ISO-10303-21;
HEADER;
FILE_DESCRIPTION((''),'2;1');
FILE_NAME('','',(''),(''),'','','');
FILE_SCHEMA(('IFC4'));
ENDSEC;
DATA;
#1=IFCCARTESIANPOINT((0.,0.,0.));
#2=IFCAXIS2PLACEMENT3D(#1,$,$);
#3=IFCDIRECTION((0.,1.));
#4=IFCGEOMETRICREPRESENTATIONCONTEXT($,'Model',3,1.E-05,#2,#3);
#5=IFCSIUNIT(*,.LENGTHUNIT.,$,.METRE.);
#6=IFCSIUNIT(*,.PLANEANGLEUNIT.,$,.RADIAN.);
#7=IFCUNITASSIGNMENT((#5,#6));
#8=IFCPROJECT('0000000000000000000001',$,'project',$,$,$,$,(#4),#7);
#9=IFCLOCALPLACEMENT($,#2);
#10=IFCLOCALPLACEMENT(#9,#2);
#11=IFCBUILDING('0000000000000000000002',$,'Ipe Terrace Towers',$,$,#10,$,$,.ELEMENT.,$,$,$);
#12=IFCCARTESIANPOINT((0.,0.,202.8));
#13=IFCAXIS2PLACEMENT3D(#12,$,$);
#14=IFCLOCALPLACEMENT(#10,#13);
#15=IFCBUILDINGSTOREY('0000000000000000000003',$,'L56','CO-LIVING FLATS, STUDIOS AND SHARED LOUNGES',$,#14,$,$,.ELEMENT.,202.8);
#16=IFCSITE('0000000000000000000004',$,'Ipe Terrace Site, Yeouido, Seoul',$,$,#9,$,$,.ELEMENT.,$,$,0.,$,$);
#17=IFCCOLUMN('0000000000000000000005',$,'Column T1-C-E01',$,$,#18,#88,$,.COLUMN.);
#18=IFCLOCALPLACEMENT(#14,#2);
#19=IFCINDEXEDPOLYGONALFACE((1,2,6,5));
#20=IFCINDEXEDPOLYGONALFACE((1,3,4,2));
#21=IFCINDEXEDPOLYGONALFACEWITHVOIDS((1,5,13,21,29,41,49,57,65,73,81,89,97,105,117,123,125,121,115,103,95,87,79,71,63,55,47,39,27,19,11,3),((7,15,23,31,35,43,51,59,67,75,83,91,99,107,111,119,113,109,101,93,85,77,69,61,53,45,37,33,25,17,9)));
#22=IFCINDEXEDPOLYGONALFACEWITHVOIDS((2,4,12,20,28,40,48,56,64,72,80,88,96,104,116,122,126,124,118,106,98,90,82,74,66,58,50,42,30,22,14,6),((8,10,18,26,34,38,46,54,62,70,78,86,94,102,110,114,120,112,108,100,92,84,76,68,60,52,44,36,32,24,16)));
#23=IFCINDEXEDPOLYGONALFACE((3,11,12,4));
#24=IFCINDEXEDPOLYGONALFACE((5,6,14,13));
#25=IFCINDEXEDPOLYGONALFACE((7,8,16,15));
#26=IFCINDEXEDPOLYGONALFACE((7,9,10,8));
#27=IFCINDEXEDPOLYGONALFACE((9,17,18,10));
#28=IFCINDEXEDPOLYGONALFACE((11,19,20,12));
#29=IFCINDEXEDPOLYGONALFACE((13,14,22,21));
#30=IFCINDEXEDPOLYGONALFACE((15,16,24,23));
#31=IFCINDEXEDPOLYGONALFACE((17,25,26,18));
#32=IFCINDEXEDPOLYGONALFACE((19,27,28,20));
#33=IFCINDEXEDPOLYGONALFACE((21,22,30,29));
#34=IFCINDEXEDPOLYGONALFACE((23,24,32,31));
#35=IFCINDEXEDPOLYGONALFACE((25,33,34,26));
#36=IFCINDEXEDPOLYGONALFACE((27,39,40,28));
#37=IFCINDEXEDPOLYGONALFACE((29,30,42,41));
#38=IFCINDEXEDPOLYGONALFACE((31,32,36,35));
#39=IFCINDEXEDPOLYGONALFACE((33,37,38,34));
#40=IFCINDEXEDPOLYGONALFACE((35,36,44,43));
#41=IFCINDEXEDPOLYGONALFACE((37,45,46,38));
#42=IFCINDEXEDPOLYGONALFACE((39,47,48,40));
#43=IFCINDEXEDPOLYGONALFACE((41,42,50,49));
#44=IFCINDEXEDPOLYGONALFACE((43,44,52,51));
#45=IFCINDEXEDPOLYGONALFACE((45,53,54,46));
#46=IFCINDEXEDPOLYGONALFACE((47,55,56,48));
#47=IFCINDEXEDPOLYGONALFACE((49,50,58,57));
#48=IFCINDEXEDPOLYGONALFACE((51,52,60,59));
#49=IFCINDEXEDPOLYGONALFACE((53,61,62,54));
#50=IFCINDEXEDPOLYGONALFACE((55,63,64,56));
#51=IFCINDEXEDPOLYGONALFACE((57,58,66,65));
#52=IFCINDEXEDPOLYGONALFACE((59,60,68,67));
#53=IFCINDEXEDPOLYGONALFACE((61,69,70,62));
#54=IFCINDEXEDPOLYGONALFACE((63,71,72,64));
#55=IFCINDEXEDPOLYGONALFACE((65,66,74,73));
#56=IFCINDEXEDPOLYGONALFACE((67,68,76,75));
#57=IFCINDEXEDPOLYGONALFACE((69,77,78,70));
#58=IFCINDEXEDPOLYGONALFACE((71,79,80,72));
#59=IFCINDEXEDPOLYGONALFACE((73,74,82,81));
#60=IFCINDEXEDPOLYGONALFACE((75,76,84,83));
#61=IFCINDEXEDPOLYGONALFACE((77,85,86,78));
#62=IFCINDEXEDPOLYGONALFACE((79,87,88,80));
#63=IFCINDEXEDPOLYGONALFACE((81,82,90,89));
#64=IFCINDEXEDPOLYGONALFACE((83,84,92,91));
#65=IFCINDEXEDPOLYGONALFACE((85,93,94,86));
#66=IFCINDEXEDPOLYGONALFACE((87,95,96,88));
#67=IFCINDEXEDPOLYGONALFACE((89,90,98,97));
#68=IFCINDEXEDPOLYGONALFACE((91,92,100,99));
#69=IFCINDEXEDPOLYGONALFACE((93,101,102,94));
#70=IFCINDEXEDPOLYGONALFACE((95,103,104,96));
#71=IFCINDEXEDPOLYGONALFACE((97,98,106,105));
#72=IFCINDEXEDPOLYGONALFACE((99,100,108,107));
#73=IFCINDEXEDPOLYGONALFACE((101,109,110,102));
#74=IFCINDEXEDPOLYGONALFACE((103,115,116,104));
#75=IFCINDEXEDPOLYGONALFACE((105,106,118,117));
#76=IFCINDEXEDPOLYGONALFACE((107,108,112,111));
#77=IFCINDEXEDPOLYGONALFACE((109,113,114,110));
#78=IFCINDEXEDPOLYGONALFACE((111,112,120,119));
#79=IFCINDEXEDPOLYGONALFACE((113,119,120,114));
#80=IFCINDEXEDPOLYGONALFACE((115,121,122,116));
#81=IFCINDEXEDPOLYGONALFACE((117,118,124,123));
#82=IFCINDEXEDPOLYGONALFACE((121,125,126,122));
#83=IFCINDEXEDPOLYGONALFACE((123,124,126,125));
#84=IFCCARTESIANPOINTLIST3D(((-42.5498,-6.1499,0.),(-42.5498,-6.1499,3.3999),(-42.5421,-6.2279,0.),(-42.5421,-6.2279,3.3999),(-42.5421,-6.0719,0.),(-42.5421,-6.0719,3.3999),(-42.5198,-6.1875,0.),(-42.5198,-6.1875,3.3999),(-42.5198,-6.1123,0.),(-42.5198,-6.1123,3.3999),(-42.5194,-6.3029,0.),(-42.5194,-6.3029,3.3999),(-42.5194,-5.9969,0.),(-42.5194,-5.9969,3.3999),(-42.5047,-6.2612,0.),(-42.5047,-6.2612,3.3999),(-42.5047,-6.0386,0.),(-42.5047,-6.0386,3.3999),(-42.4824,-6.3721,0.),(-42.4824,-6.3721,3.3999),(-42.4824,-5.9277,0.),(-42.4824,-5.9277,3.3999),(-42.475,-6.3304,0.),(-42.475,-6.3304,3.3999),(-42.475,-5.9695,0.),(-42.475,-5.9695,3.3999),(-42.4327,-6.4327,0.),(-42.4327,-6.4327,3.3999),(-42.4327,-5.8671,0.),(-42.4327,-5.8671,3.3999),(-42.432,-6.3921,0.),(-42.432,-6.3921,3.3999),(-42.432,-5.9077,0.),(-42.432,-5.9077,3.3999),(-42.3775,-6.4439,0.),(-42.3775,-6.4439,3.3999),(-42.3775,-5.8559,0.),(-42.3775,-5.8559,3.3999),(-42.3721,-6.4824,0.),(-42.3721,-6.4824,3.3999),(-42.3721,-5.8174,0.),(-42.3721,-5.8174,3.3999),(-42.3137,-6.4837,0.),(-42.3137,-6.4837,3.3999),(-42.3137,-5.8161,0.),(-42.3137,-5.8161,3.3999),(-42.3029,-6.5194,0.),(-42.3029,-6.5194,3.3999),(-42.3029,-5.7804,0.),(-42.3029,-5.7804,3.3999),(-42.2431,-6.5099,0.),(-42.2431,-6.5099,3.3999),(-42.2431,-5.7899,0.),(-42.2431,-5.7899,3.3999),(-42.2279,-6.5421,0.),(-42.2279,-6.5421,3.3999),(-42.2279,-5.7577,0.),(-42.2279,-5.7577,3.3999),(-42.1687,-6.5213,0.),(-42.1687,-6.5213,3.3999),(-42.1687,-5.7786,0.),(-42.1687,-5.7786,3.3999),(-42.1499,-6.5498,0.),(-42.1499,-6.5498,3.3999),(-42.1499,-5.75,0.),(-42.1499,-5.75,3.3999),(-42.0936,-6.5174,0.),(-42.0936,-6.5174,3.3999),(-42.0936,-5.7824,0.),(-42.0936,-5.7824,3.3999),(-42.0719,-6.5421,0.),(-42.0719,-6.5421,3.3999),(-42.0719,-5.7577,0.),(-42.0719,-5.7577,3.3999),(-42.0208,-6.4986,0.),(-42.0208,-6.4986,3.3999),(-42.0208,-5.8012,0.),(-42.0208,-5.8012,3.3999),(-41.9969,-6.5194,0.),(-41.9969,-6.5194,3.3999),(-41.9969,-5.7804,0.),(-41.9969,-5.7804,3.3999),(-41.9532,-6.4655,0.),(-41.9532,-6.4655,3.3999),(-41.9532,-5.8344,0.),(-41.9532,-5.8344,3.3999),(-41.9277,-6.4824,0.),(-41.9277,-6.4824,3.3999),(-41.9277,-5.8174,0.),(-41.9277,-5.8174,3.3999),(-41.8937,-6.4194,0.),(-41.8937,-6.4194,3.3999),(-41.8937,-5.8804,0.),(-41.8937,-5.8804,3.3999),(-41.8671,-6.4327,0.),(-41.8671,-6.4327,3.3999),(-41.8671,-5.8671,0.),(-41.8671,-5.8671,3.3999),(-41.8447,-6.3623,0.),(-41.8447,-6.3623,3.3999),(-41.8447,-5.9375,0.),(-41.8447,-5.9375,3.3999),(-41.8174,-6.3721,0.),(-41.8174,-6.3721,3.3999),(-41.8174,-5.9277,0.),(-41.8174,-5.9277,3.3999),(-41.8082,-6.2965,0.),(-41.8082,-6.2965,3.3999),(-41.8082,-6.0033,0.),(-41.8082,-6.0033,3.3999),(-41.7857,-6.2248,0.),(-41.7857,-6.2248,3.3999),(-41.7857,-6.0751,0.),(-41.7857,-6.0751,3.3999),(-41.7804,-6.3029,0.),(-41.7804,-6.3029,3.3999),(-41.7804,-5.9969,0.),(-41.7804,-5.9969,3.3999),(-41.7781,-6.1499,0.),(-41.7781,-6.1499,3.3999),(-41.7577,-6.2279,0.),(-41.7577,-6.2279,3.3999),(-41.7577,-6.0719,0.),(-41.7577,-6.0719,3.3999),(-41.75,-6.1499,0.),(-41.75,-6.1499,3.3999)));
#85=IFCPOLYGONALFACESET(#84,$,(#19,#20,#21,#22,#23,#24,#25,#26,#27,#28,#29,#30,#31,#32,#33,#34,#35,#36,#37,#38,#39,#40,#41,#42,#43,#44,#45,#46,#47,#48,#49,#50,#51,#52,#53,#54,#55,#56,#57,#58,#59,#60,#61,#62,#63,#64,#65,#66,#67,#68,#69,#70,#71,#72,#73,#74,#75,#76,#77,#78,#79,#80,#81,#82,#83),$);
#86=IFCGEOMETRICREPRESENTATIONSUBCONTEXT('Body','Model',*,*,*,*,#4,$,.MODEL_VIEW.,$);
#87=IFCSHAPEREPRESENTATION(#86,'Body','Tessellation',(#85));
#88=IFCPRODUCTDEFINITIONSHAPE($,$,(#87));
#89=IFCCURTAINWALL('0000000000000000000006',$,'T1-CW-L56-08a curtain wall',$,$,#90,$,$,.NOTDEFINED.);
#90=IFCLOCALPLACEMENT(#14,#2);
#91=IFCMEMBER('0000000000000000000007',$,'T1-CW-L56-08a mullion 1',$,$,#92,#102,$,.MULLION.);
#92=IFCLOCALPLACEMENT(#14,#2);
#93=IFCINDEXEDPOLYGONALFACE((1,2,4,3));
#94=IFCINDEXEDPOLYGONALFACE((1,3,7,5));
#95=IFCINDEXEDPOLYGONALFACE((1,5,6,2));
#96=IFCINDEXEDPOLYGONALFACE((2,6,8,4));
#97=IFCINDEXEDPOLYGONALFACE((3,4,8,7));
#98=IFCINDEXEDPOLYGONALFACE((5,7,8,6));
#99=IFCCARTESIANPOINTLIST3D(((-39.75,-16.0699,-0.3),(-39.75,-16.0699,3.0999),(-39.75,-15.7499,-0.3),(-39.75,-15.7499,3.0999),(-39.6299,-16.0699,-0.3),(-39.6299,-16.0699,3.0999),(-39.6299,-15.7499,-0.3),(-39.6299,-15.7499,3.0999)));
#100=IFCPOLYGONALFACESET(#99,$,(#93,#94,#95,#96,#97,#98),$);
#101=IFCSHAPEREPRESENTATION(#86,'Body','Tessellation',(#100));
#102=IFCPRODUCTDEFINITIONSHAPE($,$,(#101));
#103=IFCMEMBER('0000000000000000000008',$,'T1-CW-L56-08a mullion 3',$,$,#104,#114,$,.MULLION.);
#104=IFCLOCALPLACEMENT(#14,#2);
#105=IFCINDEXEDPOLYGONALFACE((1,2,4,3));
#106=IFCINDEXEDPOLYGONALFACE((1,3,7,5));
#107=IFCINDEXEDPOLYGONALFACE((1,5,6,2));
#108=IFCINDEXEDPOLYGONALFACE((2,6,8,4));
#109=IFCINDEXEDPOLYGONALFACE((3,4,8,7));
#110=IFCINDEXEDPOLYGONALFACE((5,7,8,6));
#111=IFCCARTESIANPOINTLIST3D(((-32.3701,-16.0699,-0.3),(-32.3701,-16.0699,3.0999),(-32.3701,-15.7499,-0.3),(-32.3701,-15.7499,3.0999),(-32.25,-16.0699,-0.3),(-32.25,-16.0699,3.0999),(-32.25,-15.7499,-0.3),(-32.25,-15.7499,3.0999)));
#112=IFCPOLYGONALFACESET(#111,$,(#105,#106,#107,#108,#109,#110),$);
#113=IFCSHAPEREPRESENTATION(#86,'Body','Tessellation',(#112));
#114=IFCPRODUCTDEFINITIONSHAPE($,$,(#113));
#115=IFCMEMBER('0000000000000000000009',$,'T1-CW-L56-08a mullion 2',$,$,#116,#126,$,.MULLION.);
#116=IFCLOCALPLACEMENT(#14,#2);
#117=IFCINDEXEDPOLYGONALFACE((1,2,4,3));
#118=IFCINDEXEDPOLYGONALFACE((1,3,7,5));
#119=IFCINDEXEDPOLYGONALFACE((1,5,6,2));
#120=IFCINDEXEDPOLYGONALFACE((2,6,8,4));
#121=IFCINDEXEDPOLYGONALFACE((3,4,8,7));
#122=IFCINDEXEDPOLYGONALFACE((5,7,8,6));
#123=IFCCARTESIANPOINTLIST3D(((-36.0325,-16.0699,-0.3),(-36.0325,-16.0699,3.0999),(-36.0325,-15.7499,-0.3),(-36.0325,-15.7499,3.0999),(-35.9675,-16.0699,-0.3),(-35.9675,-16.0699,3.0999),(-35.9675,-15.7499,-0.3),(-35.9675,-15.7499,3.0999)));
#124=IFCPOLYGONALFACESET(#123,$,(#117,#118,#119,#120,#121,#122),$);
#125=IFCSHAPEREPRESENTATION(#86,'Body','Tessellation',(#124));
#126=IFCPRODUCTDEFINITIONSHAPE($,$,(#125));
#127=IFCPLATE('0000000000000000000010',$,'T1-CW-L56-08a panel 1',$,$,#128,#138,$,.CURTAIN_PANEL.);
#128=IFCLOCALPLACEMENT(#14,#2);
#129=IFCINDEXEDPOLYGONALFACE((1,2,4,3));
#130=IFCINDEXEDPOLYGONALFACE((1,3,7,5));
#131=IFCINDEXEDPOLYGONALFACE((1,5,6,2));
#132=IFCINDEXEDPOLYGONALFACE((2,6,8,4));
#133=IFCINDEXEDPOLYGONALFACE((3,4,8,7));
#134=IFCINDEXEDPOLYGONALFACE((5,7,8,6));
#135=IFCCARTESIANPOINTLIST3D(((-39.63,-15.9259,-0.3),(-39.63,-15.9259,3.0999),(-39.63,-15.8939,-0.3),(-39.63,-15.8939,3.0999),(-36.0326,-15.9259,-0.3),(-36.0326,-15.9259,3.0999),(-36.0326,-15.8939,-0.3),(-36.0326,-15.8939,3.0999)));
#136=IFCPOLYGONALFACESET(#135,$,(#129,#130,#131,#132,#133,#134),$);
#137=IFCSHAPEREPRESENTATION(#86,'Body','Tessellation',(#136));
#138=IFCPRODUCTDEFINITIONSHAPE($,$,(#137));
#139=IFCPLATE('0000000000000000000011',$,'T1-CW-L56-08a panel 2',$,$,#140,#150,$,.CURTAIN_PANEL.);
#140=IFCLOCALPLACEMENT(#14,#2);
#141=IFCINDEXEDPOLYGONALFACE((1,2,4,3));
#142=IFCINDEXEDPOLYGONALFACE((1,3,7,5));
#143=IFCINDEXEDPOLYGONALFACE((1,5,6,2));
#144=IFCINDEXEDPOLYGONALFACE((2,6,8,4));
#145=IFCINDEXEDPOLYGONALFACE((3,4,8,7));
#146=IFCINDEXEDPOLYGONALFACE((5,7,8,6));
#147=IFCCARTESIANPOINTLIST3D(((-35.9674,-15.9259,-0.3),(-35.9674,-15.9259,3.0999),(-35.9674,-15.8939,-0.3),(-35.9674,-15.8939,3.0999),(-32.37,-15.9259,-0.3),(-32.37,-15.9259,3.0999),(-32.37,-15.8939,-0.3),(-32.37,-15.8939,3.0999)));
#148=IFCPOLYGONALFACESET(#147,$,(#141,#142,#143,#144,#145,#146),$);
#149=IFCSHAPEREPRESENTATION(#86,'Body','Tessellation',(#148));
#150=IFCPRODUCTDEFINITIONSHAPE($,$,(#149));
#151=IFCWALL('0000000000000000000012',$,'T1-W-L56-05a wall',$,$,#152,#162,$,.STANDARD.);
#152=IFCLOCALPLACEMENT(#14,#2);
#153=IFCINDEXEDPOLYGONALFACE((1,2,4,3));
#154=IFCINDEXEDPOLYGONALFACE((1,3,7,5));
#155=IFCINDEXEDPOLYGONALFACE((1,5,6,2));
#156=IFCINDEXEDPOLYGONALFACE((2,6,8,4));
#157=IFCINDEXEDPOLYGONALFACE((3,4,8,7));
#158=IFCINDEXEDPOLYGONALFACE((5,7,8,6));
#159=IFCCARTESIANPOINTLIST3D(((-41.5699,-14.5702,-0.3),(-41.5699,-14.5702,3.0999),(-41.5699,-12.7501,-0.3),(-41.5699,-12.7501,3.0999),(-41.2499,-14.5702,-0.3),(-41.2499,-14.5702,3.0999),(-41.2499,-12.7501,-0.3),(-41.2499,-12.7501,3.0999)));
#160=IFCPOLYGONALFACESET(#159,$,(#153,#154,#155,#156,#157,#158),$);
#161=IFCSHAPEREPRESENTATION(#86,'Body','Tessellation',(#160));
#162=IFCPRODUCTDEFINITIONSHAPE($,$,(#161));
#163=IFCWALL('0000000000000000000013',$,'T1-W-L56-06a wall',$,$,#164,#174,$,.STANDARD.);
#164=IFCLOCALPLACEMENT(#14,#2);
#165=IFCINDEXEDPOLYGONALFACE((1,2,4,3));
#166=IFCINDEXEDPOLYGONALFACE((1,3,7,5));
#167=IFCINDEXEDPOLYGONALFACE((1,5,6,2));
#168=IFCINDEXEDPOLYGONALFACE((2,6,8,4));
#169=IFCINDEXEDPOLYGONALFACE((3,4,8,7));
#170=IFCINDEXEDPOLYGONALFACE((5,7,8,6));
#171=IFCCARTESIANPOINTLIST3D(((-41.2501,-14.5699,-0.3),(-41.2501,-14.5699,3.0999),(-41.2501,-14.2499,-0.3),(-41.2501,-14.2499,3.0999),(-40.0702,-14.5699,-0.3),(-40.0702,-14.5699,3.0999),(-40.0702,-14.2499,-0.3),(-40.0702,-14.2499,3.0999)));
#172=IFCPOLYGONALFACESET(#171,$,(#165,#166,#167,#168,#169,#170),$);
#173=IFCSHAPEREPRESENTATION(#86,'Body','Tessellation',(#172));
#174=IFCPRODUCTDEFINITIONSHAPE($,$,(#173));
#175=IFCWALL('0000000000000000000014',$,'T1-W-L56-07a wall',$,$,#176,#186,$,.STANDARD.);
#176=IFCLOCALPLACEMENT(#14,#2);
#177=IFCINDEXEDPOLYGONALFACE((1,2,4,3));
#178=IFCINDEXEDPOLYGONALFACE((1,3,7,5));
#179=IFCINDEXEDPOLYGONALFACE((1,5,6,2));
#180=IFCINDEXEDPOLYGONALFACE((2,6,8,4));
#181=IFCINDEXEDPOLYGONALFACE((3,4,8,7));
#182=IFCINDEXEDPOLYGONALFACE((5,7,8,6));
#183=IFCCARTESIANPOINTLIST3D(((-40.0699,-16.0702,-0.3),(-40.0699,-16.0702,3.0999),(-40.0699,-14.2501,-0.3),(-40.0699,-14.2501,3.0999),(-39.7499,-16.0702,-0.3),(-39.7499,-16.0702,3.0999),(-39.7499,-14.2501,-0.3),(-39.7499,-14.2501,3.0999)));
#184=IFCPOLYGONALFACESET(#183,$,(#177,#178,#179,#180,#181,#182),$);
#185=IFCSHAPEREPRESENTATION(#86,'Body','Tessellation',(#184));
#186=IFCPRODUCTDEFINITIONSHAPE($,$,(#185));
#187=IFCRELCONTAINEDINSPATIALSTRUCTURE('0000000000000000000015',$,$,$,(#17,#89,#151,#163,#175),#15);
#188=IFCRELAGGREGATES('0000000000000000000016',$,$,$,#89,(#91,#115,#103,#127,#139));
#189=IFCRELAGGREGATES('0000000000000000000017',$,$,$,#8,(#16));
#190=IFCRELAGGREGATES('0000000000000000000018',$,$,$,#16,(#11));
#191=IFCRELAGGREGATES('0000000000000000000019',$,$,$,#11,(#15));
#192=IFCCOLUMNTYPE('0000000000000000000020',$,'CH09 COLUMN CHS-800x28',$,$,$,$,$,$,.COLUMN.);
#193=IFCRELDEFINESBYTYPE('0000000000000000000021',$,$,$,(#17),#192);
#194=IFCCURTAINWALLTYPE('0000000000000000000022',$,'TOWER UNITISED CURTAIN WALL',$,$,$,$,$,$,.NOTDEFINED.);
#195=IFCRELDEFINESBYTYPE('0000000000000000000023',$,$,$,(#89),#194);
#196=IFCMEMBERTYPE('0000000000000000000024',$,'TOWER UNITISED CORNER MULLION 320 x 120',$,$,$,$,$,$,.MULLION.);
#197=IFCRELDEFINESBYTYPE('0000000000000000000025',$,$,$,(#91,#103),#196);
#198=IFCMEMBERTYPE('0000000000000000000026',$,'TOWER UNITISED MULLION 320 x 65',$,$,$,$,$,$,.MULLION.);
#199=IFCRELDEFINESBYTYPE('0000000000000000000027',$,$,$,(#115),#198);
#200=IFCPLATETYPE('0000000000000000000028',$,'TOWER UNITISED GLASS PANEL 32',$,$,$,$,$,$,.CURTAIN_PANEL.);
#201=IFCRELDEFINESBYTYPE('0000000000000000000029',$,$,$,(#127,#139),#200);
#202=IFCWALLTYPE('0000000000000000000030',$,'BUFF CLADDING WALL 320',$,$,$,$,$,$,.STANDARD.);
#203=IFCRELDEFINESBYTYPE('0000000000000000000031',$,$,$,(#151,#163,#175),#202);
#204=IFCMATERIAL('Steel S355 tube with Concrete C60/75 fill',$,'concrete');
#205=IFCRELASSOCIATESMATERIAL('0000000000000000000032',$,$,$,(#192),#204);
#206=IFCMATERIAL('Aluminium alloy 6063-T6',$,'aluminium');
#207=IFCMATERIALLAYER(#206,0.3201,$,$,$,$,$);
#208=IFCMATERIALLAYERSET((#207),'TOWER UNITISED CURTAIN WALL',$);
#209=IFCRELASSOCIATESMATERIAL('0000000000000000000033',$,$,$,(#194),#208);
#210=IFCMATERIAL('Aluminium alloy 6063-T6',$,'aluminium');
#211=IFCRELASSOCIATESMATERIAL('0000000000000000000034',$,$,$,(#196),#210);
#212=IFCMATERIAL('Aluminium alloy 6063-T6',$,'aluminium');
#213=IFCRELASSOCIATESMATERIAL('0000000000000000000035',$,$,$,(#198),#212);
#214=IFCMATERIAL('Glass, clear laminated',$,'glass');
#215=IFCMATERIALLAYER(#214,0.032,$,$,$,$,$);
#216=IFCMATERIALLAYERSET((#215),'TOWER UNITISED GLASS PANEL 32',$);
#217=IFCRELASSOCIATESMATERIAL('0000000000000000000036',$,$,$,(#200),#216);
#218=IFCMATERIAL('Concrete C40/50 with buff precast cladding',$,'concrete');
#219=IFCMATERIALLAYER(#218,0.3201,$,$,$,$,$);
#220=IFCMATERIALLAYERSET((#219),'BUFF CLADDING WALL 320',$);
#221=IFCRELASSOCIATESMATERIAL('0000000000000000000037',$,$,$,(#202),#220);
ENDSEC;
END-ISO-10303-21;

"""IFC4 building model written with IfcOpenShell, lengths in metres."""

from ifc_helpers import new_model, si_unit, direction, frame, frame_2d, origin, origin_2d, place, context, subcontext, project, spatial, rectangle, hollow_circle, extrude, material, layer, layer_set, material_profile, profile_set, type_object, element, aggregate, save


model = new_model("IFC4")

# Units and contexts
model_context = context("Model", 3, precision=1e-05, world=origin(), true_north=direction((0.0, 1.0)))
body_context = subcontext(model_context, "Body", "Model", "MODEL_VIEW")
ifc_project = project(units=[si_unit("LENGTHUNIT", "METRE"), si_unit("PLANEANGLEUNIT", "RADIAN")], contexts=[model_context])

# Site, building, storey
site_placement = place(None, origin())
site = spatial("IfcSite", under=ifc_project, at=site_placement, Name="Ipe Terrace Site, Yeouido, Seoul", CompositionType="ELEMENT", RefElevation=0.0)
building_placement = place(site_placement, origin())
building = spatial("IfcBuilding", under=site, at=building_placement, Name="Ipe Terrace Towers", CompositionType="ELEMENT")
storey_placement = place(building_placement, frame((0.0, 0.0, 202.8)))
storey = spatial("IfcBuildingStorey", under=building, at=storey_placement, Name="L56", Description="CO-LIVING FLATS, STUDIOS AND SHARED LOUNGES", CompositionType="ELEMENT", Elevation=202.8)

# Column
ifc_material_1 = material(Name="Steel S355 tube with Concrete C60/75 fill", Category="concrete")
ifc_material_profile_1 = material_profile(ifc_material_1, hollow_circle(Radius=0.3999, WallThickness=0.0281, at=origin_2d()), Name="CHS-800x28")
ifc_profile_set_1 = profile_set([ifc_material_profile_1], Name="Steel S355 tube with Concrete C60/75 fill")
column_type = type_object("IfcColumnType", Name="CH09 COLUMN CHS-800x28", PredefinedType="COLUMN", material=ifc_profile_set_1)
column_placement = place(storey_placement, frame((-42.1499, -6.1499, 0.0), z_axis=(0.0, 0.0, 1.0), x_axis=(1.0, 0.0, 0.0)))
element("IfcColumn", 1, at=column_placement, inside=storey, type_object=column_type, Name="Column T1-C-E01", PredefinedType="COLUMN", context=body_context, shape_type="SweptSolid", body=[
    extrude(hollow_circle(Radius=0.3999, WallThickness=0.0281, at=origin_2d()), origin(), (0.0, 0.0, 1.0), 3.3999),
])

# Curtain wall, members, plates
ifc_material_2 = material(Name="Aluminium alloy 6063-T6", Category="aluminium")
ifc_layer_1 = layer(ifc_material_2, 0.3201)
ifc_layer_set_1 = layer_set([ifc_layer_1], Name="TOWER UNITISED CURTAIN WALL")
curtain_wall_type = type_object("IfcCurtainWallType", Name="TOWER UNITISED CURTAIN WALL", PredefinedType="NOTDEFINED", material=ifc_layer_set_1)
curtain_wall_placement = place(storey_placement, origin())
curtain_wall = element("IfcCurtainWall", 2, at=curtain_wall_placement, inside=storey, type_object=curtain_wall_type, Name="T1-CW-L56-08a curtain wall", PredefinedType="NOTDEFINED")
ifc_material_3 = material(Name="Aluminium alloy 6063-T6", Category="aluminium")
ifc_material_profile_2 = material_profile(ifc_material_3, rectangle(XDim=0.3201, YDim=0.1201, at=origin_2d()), Name="TOWER UNITISED CORNER MULLION 320 x 120")
ifc_profile_set_2 = profile_set([ifc_material_profile_2], Name="Aluminium alloy 6063-T6")
member_type_1 = type_object("IfcMemberType", Name="TOWER UNITISED CORNER MULLION 320 x 120", PredefinedType="MULLION", material=ifc_profile_set_2)
member_1_placement = place(storey_placement, frame((-39.6899, -15.9099, -0.3), z_axis=(0.0, 0.0, 1.0), x_axis=(0.0, -1.0, 0.0)))
member_1 = element("IfcMember", 3, at=member_1_placement, type_object=member_type_1, Name="T1-CW-L56-08a mullion 1", PredefinedType="MULLION", context=body_context, shape_type="SweptSolid", body=[
    extrude(rectangle(XDim=0.3201, YDim=0.1201, at=origin_2d()), origin(), (0.0, 0.0, 1.0), 3.3999),
])
member_2_placement = place(storey_placement, frame((-32.3101, -15.9099, -0.3), z_axis=(0.0, 0.0, 1.0), x_axis=(0.0, -1.0, 0.0)))
member_2 = element("IfcMember", 4, at=member_2_placement, type_object=member_type_1, Name="T1-CW-L56-08a mullion 3", PredefinedType="MULLION", context=body_context, shape_type="SweptSolid", body=[
    extrude(rectangle(XDim=0.3201, YDim=0.1201, at=origin_2d()), origin(), (0.0, 0.0, 1.0), 3.3999),
])
ifc_material_4 = material(Name="Aluminium alloy 6063-T6", Category="aluminium")
ifc_material_profile_3 = material_profile(ifc_material_4, rectangle(XDim=0.3201, YDim=0.0649, at=origin_2d()), Name="TOWER UNITISED MULLION 320 x 65")
ifc_profile_set_3 = profile_set([ifc_material_profile_3], Name="Aluminium alloy 6063-T6")
member_type_2 = type_object("IfcMemberType", Name="TOWER UNITISED MULLION 320 x 65", PredefinedType="MULLION", material=ifc_profile_set_3)
member_3_placement = place(storey_placement, frame((-36.0, -15.9099, -0.3), z_axis=(0.0, 0.0, 1.0), x_axis=(0.0, -1.0, 0.0)))
member_3 = element("IfcMember", 5, at=member_3_placement, type_object=member_type_2, Name="T1-CW-L56-08a mullion 2", PredefinedType="MULLION", context=body_context, shape_type="SweptSolid", body=[
    extrude(rectangle(XDim=0.3201, YDim=0.0649, at=origin_2d()), origin(), (0.0, 0.0, 1.0), 3.3999),
])
ifc_material_5 = material(Name="Glass, clear laminated", Category="glass")
ifc_layer_2 = layer(ifc_material_5, 0.032)
ifc_layer_set_2 = layer_set([ifc_layer_2], Name="TOWER UNITISED GLASS PANEL 32")
plate_type = type_object("IfcPlateType", Name="TOWER UNITISED GLASS PANEL 32", PredefinedType="CURTAIN_PANEL", material=ifc_layer_set_2)
plate_1_placement = place(storey_placement, frame((-37.8313, -15.9099, -0.3), z_axis=(0.0, 0.0, 1.0), x_axis=(1.0, 0.0, 0.0)))
plate_1 = element("IfcPlate", 6, at=plate_1_placement, type_object=plate_type, Name="T1-CW-L56-08a panel 1", PredefinedType="CURTAIN_PANEL", context=body_context, shape_type="SweptSolid", body=[
    extrude(rectangle(XDim=3.5974, YDim=0.032, at=origin_2d()), origin(), (0.0, 0.0, 1.0), 3.3999),
])
plate_2_placement = place(storey_placement, frame((-34.1687, -15.9099, -0.3), z_axis=(0.0, 0.0, 1.0), x_axis=(1.0, 0.0, 0.0)))
plate_2 = element("IfcPlate", 7, at=plate_2_placement, type_object=plate_type, Name="T1-CW-L56-08a panel 2", PredefinedType="CURTAIN_PANEL", context=body_context, shape_type="SweptSolid", body=[
    extrude(rectangle(XDim=3.5974, YDim=0.032, at=origin_2d()), origin(), (0.0, 0.0, 1.0), 3.3999),
])
aggregate(curtain_wall, [member_1, member_3, member_2, plate_1, plate_2])

# Walls
ifc_material_6 = material(Name="Concrete C40/50 with buff precast cladding", Category="concrete")
ifc_layer_3 = layer(ifc_material_6, 0.3201)
ifc_layer_set_3 = layer_set([ifc_layer_3], Name="BUFF CLADDING WALL 320")
wall_type_1 = type_object("IfcWallType", Name="BUFF CLADDING WALL 320", PredefinedType="STANDARD", material=ifc_layer_set_3)
wall_1_placement = place(storey_placement, frame((-41.4099, -12.75, -0.3), z_axis=(0.0, 0.0, 1.0), x_axis=(0.0, -1.0, 0.0)))
element("IfcWall", 8, at=wall_1_placement, inside=storey, type_object=wall_type_1, Name="T1-W-L56-05a wall", PredefinedType="STANDARD", context=body_context, shape_type="SweptSolid", body=[
    extrude(rectangle(XDim=1.8201, YDim=0.3201, at=frame_2d((0.9102, 0.0))), origin(), (0.0, 0.0, 1.0), 3.3999),
])
wall_2_placement = place(storey_placement, frame((-41.25, -14.4099, -0.3), z_axis=(0.0, 0.0, 1.0), x_axis=(1.0, 0.0, 0.0)))
element("IfcWall", 9, at=wall_2_placement, inside=storey, type_object=wall_type_1, Name="T1-W-L56-06a wall", PredefinedType="STANDARD", context=body_context, shape_type="SweptSolid", body=[
    extrude(rectangle(XDim=1.1799, YDim=0.3201, at=frame_2d((0.5898, 0.0))), origin(), (0.0, 0.0, 1.0), 3.3999),
])
wall_3_placement = place(storey_placement, frame((-39.9099, -14.25, -0.3), z_axis=(0.0, 0.0, 1.0), x_axis=(0.0, -1.0, 0.0)))
element("IfcWall", 10, at=wall_3_placement, inside=storey, type_object=wall_type_1, Name="T1-W-L56-07a wall", PredefinedType="STANDARD", context=body_context, shape_type="SweptSolid", body=[
    extrude(rectangle(XDim=1.8201, YDim=0.3201, at=frame_2d((0.9102, 0.0))), origin(), (0.0, 0.0, 1.0), 3.3999),
])

save(model, "model.ifc")
